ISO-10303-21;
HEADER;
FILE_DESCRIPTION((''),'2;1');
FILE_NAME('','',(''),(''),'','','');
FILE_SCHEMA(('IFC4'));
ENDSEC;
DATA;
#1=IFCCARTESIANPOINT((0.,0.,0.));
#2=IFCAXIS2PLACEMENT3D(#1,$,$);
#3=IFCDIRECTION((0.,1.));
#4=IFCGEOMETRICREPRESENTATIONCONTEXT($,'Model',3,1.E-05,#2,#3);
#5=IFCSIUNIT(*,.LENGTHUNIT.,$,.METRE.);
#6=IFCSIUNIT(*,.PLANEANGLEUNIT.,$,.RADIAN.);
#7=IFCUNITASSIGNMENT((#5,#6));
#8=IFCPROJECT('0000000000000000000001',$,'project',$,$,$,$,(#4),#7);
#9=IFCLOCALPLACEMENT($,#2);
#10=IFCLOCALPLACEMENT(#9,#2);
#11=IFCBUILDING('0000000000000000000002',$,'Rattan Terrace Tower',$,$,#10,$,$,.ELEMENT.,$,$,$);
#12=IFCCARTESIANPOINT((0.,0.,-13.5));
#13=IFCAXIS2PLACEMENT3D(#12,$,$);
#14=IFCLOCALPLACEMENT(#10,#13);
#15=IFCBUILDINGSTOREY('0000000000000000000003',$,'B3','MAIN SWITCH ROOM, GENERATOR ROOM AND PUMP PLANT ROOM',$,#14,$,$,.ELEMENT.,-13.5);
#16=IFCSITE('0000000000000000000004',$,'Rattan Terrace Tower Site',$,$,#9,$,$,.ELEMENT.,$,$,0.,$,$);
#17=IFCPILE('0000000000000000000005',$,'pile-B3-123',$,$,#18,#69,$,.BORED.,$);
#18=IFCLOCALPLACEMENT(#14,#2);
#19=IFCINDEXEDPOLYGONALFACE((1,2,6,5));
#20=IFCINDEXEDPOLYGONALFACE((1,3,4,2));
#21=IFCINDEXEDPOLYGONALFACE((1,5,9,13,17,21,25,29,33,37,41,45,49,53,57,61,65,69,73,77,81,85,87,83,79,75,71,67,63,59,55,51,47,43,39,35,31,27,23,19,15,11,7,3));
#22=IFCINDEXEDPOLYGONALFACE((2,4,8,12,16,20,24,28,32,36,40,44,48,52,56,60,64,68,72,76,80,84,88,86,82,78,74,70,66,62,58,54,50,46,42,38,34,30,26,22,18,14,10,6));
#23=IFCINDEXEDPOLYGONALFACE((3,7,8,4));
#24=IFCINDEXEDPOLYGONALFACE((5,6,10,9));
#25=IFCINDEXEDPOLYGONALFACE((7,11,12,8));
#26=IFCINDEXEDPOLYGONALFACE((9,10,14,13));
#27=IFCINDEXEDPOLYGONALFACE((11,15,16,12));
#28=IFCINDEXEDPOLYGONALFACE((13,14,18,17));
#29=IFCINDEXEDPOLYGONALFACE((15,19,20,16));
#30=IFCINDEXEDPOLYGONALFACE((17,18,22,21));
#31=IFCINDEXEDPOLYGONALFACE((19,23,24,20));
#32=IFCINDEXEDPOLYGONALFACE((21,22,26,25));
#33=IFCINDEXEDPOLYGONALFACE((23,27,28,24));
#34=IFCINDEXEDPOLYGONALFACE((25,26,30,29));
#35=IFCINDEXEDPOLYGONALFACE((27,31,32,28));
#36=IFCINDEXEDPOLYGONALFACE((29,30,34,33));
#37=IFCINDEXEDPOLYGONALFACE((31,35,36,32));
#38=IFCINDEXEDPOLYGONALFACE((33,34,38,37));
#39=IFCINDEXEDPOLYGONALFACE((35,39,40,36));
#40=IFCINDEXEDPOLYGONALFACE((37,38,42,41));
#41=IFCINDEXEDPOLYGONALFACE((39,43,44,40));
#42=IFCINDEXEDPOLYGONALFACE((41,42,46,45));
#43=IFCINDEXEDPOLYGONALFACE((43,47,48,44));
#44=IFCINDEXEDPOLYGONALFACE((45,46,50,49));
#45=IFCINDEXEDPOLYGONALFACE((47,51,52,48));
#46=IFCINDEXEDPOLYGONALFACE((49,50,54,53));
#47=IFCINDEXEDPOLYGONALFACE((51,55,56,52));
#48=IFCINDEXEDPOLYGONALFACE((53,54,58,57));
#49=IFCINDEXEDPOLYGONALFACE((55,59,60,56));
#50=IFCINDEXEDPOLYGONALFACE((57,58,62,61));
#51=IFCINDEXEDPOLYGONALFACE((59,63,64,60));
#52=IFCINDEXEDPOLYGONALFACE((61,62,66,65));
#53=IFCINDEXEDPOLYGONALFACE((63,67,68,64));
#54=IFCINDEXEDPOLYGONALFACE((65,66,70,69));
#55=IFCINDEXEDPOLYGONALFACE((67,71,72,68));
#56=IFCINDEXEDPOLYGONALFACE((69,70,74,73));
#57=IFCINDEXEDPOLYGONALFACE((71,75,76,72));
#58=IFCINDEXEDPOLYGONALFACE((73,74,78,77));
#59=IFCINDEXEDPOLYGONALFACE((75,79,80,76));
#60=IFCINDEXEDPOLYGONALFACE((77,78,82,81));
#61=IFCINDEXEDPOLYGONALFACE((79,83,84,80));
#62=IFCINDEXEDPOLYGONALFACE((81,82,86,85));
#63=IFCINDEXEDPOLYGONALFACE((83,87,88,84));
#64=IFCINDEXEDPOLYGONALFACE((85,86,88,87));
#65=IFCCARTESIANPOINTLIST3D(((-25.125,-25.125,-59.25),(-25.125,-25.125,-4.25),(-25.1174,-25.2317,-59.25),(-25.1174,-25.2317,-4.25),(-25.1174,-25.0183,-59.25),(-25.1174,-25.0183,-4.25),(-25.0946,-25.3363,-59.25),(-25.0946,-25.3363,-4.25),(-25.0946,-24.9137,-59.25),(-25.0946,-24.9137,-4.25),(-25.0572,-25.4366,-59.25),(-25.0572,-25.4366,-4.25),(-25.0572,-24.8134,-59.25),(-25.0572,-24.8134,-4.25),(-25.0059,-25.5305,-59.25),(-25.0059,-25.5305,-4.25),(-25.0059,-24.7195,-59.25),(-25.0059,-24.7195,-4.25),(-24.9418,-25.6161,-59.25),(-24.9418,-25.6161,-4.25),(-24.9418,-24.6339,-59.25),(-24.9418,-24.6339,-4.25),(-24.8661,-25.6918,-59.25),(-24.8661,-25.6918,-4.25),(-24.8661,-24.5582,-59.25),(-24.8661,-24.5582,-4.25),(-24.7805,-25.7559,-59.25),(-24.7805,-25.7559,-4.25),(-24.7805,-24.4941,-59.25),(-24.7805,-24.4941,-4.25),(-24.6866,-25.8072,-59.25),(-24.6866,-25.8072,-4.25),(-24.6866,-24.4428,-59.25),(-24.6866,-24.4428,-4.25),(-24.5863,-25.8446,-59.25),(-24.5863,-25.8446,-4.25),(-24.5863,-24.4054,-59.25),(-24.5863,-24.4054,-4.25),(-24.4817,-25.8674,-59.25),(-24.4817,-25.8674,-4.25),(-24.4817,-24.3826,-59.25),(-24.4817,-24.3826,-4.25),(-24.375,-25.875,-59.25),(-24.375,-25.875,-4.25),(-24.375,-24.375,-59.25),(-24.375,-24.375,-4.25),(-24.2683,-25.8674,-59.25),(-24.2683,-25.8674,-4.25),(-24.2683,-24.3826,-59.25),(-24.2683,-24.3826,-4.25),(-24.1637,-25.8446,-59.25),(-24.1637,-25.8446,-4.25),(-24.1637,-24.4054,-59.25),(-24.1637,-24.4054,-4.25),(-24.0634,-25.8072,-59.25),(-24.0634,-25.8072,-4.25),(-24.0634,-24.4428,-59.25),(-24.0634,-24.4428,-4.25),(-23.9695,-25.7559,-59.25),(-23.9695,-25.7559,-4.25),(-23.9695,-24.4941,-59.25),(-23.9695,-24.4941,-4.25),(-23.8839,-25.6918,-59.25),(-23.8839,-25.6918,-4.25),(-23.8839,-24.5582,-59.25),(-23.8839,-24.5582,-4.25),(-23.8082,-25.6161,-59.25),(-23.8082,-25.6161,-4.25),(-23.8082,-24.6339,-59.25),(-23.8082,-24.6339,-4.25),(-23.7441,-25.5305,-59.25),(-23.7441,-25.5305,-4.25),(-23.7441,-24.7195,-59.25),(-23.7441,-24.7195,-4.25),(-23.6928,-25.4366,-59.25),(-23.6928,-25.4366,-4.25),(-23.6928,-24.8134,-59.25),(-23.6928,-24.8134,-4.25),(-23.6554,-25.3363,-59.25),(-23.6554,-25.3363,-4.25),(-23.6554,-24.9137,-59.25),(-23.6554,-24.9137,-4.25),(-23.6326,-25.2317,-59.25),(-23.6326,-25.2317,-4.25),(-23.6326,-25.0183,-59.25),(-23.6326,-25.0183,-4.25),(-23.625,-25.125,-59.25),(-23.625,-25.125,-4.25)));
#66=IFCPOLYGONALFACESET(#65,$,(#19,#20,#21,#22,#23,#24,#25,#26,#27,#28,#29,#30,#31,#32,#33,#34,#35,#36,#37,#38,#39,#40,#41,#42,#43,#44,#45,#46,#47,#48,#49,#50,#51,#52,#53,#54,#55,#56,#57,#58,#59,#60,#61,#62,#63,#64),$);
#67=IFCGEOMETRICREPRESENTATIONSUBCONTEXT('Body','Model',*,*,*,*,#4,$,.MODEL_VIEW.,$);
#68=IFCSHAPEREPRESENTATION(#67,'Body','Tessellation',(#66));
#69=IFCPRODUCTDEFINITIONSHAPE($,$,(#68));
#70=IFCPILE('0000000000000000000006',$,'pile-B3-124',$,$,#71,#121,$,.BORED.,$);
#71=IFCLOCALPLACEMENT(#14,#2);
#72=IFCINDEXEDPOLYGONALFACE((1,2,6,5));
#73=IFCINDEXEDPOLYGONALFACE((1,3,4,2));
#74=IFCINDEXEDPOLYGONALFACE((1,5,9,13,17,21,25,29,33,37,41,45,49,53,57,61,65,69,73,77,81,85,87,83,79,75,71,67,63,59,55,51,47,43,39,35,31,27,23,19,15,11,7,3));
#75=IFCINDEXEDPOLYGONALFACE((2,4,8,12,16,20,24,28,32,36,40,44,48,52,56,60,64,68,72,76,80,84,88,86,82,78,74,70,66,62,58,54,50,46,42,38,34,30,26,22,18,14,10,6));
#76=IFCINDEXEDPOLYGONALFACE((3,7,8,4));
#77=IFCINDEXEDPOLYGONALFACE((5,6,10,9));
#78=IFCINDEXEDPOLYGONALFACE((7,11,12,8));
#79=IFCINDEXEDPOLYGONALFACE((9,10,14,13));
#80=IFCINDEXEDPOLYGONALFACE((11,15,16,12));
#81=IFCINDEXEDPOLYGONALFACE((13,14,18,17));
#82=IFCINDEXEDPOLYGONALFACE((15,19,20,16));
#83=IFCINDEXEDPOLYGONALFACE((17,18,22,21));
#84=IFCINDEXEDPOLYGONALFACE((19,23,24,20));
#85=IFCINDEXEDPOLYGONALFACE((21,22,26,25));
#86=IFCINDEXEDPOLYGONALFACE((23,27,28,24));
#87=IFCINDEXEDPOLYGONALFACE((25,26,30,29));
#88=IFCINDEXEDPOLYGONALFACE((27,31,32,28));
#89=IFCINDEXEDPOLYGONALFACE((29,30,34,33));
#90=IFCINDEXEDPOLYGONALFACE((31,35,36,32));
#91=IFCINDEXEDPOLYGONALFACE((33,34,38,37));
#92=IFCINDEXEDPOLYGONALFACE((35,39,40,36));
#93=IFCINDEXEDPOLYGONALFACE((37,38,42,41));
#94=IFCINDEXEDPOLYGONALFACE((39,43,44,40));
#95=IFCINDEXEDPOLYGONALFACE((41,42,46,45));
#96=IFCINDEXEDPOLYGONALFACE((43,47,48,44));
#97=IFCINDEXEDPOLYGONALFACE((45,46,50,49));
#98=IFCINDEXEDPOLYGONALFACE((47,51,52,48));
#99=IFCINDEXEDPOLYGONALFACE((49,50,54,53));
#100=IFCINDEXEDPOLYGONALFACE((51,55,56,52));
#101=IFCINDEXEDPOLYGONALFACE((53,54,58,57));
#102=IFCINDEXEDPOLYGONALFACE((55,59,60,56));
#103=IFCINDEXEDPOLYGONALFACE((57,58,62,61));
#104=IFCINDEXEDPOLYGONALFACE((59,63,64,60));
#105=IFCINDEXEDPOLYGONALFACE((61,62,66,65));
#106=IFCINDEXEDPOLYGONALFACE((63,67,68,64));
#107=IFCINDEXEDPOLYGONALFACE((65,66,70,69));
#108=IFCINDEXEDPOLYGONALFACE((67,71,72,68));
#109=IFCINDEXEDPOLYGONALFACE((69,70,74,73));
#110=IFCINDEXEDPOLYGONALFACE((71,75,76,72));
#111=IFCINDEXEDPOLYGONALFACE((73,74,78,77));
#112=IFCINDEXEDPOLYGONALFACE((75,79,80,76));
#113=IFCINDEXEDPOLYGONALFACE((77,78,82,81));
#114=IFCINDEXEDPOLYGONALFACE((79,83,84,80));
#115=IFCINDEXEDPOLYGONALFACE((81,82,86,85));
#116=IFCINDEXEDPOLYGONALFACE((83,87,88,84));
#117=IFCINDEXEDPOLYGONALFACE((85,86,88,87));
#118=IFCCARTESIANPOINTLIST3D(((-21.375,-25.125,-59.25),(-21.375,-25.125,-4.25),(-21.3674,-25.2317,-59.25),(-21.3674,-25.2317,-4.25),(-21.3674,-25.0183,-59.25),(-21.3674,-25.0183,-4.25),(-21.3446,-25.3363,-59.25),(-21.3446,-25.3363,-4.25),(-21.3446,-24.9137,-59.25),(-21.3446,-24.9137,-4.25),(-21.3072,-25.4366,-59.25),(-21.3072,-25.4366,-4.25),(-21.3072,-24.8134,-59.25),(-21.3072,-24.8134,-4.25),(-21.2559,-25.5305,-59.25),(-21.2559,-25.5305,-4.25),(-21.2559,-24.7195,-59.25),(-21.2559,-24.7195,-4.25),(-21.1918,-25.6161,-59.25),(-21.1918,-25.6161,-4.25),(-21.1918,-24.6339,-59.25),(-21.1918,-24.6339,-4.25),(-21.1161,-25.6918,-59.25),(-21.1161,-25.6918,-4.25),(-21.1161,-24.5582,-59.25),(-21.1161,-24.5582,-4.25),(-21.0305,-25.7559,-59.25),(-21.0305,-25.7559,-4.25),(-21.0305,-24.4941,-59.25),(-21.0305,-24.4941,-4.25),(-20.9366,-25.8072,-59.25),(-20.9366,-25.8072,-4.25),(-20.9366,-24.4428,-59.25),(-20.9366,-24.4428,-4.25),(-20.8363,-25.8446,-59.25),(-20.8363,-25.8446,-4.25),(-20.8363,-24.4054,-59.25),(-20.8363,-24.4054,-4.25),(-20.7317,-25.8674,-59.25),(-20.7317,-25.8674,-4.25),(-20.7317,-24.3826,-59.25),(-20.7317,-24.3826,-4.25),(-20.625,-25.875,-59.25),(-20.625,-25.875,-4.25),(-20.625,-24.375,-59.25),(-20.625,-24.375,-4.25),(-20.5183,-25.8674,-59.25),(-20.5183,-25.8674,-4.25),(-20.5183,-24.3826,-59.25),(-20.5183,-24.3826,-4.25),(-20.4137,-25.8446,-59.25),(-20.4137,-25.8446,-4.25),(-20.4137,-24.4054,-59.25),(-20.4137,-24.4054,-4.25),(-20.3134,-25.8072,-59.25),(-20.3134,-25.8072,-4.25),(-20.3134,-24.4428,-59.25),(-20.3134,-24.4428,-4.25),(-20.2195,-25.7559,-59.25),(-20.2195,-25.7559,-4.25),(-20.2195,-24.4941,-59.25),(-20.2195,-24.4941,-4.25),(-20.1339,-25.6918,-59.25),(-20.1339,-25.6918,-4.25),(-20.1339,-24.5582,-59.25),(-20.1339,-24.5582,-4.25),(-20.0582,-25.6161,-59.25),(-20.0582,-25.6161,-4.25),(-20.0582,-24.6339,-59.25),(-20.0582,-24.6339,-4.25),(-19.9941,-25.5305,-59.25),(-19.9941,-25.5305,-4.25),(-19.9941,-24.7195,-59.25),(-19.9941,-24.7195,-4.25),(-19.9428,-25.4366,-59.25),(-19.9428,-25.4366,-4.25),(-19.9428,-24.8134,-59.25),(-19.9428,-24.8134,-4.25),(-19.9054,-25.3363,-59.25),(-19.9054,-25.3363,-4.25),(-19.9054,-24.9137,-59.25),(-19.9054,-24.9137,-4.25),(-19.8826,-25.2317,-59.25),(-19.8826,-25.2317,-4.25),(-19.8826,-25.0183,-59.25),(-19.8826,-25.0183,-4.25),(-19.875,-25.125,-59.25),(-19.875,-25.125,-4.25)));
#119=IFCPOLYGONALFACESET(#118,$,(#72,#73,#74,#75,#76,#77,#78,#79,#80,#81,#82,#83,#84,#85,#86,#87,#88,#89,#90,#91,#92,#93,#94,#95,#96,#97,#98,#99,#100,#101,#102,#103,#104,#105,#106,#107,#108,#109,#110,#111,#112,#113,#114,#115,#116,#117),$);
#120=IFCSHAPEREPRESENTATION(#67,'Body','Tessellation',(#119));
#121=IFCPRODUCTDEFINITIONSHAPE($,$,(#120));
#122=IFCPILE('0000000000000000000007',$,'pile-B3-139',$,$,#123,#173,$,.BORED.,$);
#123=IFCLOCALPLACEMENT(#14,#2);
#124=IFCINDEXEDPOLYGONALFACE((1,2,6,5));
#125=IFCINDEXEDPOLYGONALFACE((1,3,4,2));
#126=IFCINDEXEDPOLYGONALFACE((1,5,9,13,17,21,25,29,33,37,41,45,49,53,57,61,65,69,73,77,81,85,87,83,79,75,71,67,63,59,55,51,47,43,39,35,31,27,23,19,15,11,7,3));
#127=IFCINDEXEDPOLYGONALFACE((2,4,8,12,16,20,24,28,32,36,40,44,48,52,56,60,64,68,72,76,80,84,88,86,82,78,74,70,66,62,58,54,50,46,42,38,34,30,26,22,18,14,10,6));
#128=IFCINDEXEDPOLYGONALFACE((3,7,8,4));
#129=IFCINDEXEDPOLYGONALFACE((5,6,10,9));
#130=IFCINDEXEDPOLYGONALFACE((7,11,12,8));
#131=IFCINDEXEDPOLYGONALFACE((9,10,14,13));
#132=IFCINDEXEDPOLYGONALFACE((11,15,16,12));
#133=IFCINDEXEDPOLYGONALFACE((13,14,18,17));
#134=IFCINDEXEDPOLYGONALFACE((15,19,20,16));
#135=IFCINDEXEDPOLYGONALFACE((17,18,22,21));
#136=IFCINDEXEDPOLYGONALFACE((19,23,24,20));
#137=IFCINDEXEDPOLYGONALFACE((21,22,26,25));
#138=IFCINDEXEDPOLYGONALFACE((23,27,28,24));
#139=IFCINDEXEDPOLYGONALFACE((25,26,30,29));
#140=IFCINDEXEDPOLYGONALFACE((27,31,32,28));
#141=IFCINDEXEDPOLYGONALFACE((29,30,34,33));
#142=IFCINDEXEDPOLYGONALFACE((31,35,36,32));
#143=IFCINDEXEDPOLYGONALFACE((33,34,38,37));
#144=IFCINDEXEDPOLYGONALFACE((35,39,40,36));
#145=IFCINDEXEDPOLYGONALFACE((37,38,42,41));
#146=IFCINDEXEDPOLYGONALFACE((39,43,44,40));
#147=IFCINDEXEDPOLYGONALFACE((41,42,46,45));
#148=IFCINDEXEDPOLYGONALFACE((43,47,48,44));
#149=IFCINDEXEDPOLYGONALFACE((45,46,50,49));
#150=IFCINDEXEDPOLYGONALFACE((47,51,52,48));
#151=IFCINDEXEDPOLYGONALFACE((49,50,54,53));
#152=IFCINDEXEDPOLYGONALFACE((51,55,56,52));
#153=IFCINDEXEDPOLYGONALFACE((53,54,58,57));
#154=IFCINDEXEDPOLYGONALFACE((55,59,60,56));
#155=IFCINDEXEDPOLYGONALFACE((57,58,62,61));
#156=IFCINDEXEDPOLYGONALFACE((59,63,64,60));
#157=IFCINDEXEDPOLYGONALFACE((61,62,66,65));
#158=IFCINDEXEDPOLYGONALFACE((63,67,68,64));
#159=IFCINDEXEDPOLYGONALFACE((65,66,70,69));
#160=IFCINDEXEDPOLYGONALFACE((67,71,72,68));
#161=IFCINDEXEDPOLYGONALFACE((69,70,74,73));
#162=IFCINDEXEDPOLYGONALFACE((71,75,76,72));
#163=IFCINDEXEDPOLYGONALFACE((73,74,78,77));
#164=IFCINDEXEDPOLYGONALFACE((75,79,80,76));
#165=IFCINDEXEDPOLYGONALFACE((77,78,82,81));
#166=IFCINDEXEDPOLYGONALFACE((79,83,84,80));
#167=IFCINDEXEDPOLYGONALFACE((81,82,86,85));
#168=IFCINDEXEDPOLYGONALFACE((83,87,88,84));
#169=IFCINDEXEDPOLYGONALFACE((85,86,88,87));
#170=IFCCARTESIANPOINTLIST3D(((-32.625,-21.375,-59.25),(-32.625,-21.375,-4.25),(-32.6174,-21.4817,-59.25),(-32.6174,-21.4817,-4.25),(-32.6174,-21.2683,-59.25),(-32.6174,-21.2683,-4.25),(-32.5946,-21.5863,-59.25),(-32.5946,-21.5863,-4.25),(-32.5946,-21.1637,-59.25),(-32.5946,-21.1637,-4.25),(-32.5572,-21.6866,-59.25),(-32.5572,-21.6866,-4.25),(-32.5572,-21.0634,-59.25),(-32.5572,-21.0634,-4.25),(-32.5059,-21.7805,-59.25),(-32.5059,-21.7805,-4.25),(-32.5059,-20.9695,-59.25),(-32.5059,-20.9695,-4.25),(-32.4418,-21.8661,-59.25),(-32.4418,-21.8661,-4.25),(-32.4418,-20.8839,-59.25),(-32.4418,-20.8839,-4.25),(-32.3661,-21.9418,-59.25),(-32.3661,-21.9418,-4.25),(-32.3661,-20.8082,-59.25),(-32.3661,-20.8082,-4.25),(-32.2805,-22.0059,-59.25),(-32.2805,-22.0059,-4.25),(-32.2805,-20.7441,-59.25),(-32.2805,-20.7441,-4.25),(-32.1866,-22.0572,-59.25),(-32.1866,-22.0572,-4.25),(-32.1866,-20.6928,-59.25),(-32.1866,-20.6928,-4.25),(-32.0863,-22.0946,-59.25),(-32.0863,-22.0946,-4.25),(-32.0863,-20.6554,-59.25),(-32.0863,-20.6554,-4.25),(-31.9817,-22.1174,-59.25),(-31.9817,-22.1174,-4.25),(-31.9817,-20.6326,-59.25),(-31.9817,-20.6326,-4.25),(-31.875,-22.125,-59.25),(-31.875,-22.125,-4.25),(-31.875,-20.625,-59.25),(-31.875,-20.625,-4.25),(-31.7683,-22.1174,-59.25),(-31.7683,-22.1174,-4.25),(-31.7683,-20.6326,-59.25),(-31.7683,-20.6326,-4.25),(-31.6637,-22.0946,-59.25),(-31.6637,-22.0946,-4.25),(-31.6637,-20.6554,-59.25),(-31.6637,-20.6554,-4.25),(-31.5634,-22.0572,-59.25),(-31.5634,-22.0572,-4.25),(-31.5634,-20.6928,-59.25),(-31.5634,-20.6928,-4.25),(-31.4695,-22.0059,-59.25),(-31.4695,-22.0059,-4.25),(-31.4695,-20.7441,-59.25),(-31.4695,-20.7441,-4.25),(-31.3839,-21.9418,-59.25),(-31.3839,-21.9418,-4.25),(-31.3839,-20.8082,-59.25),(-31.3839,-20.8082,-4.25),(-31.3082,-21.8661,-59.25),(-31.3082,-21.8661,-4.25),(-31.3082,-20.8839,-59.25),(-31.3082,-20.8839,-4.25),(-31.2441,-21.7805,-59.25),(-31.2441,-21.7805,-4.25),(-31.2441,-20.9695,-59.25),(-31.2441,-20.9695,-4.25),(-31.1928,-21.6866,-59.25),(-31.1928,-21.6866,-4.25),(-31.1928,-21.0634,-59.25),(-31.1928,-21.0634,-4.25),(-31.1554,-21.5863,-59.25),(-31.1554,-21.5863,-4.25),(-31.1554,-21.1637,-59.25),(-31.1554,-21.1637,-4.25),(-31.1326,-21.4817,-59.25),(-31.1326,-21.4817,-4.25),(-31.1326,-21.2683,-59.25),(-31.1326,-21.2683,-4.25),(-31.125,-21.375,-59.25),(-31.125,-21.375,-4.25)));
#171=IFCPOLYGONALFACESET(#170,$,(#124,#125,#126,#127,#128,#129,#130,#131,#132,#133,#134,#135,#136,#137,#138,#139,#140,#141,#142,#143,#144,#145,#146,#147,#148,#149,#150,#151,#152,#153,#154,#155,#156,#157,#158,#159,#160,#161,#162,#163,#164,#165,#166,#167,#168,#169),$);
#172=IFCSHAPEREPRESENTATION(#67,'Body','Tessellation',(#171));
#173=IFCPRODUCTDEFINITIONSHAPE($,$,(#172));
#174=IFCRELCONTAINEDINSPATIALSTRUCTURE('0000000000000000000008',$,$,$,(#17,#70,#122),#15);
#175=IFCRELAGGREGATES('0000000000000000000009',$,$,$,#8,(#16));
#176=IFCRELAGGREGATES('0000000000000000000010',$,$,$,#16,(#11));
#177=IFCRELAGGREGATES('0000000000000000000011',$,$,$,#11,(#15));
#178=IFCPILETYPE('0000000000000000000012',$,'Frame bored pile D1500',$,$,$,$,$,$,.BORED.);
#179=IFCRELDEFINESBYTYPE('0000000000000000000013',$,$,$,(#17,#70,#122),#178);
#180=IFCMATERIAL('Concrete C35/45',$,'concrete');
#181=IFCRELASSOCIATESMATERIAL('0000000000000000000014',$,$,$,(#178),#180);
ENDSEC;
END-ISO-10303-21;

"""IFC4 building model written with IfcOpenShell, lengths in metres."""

from ifc_helpers import new_model, si_unit, direction, frame, origin, origin_2d, place, context, subcontext, project, spatial, circle, extrude, material, material_profile, profile_set, type_object, element, save


model = new_model("IFC4")

# Units and contexts
model_context = context("Model", 3, precision=1e-05, world=origin(), true_north=direction((0.0, 1.0)))
body_context = subcontext(model_context, "Body", "Model", "MODEL_VIEW")
ifc_project = project(units=[si_unit("LENGTHUNIT", "METRE"), si_unit("PLANEANGLEUNIT", "RADIAN")], contexts=[model_context])

# Site, building, storey
site_placement = place(None, origin())
site = spatial("IfcSite", under=ifc_project, at=site_placement, Name="Rattan Terrace Tower Site", CompositionType="ELEMENT", RefElevation=0.0)
building_placement = place(site_placement, origin())
building = spatial("IfcBuilding", under=site, at=building_placement, Name="Rattan Terrace Tower", CompositionType="ELEMENT")
storey_placement = place(building_placement, frame((0.0, 0.0, -13.5)))
storey = spatial("IfcBuildingStorey", under=building, at=storey_placement, Name="B3", Description="MAIN SWITCH ROOM, GENERATOR ROOM AND PUMP PLANT ROOM", CompositionType="ELEMENT", Elevation=-13.5)

# Piles
ifc_material_1 = material(Name="Concrete C35/45", Category="concrete")
ifc_material_profile_1 = material_profile(ifc_material_1, circle(Radius=0.75, at=origin_2d()), Name="PILE D1500")
ifc_profile_set_1 = profile_set([ifc_material_profile_1], Name="Concrete C35/45")
pile_type = type_object("IfcPileType", Name="Frame bored pile D1500", PredefinedType="BORED", material=ifc_profile_set_1)
for number, where, z_axis, x_axis, name in (
    (1, (-24.375, -25.125, -4.25), (0.0, 0.0, -1.0), (1.0, 0.0, 0.0), "pile-B3-123"),
    (2, (-20.625, -25.125, -4.25), (0.0, 0.0, -1.0), (1.0, 0.0, 0.0), "pile-B3-124"),
    (3, (-31.875, -21.375, -4.25), (0.0, 0.0, -1.0), (1.0, 0.0, 0.0), "pile-B3-139"),
):
    element("IfcPile", number, at=place(storey_placement, frame(where, z_axis=z_axis, x_axis=x_axis)), inside=storey, type_object=pile_type, Name=name, PredefinedType="BORED", context=body_context, shape_type="SweptSolid", body=[
        extrude(circle(Radius=0.75, at=origin_2d()), origin(), (0.0, 0.0, 1.0), 55.0),
    ])

save(model, "model.ifc")
